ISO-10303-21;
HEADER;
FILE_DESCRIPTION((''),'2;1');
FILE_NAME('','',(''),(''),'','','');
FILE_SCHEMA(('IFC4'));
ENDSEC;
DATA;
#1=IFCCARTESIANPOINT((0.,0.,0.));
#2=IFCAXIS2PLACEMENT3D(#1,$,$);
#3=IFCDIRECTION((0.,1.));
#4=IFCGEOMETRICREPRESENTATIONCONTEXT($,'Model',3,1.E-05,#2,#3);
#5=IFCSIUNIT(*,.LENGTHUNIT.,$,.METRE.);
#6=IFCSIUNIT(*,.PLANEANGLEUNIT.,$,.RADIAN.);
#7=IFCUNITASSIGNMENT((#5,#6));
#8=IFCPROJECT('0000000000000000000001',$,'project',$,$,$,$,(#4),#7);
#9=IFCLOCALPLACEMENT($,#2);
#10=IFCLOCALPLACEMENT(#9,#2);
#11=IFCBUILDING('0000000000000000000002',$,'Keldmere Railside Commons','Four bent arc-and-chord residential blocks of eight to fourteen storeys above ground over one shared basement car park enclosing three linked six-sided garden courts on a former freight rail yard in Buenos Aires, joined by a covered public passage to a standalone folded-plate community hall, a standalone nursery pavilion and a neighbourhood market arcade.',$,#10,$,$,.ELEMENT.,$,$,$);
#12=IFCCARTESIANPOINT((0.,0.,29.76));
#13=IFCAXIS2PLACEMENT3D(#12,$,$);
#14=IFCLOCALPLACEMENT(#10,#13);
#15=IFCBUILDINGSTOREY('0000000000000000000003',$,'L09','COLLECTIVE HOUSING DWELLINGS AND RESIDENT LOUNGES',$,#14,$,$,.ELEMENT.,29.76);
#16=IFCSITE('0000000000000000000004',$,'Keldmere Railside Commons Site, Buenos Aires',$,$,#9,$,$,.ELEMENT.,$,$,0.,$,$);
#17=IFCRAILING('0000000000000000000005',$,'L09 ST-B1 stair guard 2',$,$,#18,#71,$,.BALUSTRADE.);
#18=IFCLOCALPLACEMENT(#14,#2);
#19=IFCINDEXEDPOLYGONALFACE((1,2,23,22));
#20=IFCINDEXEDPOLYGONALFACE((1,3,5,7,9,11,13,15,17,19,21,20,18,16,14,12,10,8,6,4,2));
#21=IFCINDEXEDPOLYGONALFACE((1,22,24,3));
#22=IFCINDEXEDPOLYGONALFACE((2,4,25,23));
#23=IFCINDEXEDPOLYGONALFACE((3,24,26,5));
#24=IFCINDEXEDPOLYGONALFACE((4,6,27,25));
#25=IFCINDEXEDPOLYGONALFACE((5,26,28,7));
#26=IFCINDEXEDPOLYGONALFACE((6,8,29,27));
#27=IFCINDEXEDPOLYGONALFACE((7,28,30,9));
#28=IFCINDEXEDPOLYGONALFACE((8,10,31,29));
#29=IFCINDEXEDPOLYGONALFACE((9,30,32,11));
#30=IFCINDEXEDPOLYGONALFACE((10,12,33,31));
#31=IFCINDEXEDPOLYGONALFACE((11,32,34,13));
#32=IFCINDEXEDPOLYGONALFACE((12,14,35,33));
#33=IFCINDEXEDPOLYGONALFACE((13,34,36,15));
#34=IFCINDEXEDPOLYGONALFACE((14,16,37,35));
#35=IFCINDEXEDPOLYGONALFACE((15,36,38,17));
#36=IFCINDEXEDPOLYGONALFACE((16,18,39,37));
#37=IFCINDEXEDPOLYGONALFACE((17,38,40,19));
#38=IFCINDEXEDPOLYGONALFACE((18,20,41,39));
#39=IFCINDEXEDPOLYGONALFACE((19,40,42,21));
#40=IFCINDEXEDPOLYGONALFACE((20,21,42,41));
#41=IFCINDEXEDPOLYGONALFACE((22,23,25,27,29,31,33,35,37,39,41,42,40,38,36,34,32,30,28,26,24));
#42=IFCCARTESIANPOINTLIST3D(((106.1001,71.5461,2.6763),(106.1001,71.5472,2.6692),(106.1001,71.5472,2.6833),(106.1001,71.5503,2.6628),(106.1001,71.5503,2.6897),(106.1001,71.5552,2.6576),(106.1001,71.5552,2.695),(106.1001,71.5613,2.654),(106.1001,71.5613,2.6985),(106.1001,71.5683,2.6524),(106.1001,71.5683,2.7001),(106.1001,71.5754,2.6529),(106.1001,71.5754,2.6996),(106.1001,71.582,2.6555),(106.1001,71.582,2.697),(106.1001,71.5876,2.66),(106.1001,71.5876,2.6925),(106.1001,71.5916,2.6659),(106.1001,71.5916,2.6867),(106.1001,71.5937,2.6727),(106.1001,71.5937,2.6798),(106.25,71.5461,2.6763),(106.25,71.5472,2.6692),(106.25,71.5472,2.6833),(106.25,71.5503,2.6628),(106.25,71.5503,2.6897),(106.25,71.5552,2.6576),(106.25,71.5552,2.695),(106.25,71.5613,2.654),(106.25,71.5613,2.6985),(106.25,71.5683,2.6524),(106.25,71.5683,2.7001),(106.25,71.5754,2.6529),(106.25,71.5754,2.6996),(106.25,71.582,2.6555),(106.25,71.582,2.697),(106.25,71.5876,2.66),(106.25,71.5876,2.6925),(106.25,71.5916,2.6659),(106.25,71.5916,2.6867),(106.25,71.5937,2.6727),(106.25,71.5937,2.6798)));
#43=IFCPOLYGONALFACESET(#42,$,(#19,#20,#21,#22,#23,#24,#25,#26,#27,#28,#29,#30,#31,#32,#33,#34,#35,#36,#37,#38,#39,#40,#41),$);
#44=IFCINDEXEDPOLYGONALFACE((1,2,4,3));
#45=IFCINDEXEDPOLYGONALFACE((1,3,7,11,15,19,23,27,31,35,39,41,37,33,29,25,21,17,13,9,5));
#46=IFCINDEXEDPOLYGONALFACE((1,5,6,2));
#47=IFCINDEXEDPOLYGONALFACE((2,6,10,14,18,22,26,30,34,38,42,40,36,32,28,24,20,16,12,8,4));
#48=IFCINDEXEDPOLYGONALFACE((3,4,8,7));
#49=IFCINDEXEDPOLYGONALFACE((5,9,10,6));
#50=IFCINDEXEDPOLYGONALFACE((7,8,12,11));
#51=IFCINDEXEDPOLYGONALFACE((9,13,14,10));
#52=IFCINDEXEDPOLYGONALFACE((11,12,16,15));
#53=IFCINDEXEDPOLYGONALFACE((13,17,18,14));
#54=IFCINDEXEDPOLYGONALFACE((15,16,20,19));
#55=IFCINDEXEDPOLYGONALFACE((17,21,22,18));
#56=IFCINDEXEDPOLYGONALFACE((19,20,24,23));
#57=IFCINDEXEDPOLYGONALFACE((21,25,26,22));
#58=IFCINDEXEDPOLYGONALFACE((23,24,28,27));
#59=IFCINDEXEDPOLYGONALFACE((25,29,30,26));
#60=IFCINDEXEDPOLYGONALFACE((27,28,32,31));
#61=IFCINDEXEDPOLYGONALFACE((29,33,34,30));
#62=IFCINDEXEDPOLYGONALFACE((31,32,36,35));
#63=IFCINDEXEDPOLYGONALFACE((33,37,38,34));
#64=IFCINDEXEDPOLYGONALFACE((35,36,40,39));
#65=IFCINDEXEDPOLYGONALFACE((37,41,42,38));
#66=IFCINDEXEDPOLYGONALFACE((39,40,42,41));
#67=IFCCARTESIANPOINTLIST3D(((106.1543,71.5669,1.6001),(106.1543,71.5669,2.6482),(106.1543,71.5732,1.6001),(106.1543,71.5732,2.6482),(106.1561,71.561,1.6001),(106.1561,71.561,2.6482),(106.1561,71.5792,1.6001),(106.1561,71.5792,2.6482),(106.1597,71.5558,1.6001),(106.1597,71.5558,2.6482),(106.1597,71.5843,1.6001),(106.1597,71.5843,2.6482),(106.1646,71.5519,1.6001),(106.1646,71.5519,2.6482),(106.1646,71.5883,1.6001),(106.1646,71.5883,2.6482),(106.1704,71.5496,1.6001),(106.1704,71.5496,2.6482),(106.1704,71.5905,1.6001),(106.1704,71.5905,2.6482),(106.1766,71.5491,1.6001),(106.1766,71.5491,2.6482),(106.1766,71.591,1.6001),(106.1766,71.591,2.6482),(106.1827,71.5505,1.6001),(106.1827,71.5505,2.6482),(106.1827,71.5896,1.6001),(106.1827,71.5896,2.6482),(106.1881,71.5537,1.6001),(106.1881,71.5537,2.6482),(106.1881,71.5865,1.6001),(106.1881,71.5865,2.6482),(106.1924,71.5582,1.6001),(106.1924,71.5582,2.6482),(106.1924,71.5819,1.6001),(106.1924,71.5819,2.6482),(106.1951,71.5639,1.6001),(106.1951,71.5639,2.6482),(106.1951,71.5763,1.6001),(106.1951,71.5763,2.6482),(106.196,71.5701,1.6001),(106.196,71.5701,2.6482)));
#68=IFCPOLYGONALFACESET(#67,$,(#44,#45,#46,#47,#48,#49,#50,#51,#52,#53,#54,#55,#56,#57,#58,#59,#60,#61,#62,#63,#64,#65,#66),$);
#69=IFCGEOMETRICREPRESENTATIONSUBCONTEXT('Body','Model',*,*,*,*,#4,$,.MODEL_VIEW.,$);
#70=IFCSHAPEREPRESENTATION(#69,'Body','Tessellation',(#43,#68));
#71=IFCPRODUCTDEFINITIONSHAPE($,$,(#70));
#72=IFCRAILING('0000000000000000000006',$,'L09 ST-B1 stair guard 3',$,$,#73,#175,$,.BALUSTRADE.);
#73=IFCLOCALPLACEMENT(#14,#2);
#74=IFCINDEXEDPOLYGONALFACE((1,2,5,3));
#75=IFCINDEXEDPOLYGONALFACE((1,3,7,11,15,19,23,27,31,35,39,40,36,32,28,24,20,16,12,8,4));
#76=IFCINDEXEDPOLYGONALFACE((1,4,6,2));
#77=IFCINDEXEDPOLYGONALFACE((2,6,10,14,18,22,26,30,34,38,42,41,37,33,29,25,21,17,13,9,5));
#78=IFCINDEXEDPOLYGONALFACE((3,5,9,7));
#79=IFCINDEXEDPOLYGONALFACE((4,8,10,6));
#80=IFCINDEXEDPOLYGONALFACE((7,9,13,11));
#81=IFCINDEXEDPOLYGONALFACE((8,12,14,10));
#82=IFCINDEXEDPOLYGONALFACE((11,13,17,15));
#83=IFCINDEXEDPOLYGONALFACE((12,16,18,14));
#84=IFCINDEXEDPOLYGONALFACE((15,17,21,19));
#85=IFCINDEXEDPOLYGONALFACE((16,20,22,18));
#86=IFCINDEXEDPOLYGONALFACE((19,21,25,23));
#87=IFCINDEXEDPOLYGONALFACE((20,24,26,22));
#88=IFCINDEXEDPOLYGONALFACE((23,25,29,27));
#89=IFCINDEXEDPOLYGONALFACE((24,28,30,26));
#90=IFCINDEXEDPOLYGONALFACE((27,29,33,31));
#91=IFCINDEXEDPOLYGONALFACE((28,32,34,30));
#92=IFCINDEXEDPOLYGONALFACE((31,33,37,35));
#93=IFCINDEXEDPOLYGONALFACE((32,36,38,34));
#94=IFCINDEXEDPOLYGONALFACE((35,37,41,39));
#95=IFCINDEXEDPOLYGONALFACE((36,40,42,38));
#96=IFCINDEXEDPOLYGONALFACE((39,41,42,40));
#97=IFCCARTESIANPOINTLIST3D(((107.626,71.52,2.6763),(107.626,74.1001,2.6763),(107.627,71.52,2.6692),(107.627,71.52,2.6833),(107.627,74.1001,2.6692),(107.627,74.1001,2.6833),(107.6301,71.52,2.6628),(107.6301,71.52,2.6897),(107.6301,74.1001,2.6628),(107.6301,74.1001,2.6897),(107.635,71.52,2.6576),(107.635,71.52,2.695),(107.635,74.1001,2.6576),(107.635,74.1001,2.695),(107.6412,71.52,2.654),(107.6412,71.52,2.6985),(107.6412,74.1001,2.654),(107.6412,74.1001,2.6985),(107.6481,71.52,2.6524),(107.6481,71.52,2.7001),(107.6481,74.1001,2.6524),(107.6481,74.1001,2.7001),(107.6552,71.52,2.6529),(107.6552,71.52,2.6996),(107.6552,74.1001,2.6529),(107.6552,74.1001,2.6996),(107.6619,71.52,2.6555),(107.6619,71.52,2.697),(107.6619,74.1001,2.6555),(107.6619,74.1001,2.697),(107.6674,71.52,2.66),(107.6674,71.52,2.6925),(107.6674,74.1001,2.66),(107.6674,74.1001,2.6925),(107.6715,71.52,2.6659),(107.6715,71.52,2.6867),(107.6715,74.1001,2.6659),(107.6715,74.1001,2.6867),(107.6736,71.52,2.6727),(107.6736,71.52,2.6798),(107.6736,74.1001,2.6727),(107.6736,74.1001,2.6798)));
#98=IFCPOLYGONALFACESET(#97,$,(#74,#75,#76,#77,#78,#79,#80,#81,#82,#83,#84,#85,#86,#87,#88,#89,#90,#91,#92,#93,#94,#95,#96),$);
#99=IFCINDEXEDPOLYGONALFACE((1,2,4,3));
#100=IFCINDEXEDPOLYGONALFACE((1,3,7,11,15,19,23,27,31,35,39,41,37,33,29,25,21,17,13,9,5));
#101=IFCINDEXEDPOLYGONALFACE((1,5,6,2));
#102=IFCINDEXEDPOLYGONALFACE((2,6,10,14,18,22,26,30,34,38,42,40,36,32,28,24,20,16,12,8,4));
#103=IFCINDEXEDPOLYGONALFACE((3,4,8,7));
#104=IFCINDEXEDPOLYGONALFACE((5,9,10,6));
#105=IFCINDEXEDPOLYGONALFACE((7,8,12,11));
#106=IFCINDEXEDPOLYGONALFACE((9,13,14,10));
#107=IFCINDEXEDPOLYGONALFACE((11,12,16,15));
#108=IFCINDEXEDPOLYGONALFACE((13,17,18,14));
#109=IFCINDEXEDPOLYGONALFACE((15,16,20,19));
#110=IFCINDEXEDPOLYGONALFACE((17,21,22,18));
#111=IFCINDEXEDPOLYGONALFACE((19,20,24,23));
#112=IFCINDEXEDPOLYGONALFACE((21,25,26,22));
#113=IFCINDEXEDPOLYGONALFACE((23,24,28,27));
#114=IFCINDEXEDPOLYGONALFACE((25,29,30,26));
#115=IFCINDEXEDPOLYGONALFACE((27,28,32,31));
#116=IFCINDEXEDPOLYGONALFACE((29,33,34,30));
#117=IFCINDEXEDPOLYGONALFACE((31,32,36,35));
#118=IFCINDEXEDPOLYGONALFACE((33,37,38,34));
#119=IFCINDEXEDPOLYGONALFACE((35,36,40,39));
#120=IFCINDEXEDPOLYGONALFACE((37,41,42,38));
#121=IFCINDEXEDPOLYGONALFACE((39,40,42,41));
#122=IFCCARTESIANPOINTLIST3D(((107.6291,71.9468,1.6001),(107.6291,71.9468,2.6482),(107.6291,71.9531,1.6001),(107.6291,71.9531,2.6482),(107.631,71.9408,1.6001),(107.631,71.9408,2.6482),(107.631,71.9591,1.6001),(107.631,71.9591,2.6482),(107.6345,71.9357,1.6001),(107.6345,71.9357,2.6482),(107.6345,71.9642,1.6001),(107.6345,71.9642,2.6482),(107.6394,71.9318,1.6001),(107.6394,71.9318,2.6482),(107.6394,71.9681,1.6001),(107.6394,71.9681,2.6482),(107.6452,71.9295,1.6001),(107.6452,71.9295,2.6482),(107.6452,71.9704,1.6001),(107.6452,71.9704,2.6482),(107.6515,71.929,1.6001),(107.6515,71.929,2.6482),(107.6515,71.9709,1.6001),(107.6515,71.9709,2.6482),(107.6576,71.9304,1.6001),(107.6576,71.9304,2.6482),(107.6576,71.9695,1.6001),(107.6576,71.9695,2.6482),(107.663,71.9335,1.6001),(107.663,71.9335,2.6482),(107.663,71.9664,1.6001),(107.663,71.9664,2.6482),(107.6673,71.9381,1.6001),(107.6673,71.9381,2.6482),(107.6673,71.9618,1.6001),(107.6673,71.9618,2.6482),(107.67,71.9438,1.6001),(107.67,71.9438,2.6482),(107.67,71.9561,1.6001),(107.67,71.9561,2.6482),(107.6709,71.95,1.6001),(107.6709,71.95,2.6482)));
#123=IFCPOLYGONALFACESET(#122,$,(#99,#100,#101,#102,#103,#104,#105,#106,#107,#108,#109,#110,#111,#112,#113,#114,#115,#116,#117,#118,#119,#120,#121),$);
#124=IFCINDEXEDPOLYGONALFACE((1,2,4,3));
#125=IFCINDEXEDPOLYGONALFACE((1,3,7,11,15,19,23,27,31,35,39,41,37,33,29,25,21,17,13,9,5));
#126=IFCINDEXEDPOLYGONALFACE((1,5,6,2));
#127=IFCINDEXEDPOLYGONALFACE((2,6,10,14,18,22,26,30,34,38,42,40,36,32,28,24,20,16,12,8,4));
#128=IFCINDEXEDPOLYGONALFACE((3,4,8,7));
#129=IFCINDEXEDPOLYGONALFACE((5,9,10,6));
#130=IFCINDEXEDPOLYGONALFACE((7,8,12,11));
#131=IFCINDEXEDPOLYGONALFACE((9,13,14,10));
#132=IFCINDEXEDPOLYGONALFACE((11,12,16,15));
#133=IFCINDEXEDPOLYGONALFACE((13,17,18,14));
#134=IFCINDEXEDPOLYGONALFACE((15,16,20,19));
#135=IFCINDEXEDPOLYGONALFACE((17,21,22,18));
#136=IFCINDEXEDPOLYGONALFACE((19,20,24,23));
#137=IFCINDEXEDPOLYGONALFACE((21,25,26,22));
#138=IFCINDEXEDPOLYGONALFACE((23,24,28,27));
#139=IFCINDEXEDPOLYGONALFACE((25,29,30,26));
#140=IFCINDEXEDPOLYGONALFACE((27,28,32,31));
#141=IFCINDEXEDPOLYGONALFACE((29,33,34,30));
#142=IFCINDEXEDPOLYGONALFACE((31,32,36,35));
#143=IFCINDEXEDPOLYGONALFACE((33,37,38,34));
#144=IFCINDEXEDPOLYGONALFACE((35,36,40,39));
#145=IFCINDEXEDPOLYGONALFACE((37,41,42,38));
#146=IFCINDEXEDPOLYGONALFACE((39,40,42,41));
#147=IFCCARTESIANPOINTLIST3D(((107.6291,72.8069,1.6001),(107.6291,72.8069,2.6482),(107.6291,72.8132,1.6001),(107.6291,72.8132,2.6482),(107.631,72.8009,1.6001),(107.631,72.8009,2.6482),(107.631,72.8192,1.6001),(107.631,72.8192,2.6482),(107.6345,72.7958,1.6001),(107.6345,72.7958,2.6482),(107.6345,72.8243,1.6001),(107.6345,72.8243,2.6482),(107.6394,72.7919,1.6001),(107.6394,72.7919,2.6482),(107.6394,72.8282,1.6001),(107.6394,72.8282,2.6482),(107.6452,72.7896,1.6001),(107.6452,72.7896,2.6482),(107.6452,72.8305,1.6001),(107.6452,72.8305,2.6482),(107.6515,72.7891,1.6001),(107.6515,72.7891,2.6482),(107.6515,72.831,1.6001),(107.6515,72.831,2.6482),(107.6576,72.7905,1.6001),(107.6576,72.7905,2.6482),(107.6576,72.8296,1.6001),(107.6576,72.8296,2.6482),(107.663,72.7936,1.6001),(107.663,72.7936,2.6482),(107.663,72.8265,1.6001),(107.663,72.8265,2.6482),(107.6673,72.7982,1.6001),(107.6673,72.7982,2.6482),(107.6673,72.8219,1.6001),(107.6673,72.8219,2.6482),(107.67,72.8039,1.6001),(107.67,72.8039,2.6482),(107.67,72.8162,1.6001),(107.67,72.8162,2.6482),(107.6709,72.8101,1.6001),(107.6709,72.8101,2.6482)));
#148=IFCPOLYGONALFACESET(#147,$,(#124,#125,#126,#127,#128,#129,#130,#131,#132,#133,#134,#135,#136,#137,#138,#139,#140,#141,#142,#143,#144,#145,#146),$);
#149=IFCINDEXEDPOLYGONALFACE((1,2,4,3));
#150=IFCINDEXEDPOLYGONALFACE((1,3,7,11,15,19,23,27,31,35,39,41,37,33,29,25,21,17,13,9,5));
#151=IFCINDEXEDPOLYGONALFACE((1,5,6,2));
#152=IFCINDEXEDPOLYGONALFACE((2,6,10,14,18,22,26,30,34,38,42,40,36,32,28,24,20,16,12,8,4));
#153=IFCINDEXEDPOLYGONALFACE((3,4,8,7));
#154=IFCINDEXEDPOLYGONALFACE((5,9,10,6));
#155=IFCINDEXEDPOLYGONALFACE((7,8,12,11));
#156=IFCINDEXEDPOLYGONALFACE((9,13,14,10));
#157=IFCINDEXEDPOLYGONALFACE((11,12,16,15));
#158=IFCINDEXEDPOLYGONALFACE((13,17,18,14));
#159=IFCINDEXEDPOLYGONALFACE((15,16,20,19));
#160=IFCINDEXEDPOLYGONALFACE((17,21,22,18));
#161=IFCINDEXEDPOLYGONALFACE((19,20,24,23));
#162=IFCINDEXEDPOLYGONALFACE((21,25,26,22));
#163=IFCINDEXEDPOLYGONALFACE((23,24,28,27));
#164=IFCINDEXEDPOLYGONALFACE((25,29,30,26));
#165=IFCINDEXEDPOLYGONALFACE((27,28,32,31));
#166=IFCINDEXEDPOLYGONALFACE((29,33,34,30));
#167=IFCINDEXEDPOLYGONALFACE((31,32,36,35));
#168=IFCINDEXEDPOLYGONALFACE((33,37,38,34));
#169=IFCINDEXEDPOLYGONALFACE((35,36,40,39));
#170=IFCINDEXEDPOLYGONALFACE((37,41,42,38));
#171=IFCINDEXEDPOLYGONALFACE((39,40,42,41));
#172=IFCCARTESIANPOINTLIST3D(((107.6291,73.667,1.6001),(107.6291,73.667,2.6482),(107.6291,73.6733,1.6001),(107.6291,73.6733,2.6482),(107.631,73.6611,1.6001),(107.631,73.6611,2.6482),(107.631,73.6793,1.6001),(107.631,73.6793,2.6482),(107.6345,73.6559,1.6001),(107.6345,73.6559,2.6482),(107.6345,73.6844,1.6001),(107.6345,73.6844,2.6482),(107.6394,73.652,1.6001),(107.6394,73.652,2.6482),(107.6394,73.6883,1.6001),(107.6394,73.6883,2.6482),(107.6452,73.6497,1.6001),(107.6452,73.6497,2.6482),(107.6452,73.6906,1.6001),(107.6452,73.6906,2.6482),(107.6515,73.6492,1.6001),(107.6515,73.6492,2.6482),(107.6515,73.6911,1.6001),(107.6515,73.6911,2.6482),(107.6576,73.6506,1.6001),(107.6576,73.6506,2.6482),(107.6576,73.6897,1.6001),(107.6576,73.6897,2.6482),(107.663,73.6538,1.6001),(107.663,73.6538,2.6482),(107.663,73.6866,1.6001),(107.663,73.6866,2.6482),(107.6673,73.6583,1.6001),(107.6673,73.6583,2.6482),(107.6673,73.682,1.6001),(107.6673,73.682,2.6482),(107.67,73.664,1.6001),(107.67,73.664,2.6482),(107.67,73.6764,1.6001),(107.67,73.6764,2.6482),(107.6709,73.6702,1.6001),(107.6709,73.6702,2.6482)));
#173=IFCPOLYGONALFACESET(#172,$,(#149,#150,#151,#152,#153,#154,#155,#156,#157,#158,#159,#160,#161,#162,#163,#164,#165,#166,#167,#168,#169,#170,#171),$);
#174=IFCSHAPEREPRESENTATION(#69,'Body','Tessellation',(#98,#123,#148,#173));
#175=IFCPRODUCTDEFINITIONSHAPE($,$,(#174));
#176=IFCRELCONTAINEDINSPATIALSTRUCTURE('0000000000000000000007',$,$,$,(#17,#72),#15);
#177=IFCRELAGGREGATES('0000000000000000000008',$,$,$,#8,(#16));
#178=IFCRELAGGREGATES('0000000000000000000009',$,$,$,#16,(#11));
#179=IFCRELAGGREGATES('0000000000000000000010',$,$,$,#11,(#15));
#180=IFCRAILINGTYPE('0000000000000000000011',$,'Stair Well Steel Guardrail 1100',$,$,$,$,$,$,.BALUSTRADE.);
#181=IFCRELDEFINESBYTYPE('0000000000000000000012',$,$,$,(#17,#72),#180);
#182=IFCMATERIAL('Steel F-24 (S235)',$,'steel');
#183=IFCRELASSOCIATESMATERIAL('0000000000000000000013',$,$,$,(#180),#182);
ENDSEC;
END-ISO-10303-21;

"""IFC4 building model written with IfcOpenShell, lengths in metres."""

from ifc_helpers import new_model, si_unit, direction, frame, origin, origin_2d, place, context, subcontext, project, spatial, circle, extrude, material, type_object, element, save


model = new_model("IFC4")

# Units and contexts
model_context = context("Model", 3, precision=1e-05, world=origin(), true_north=direction((0.0, 1.0)))
body_context = subcontext(model_context, "Body", "Model", "MODEL_VIEW")
ifc_project = project(units=[si_unit("LENGTHUNIT", "METRE"), si_unit("PLANEANGLEUNIT", "RADIAN")], contexts=[model_context])

# Site, building, storey
site_placement = place(None, origin())
site = spatial("IfcSite", under=ifc_project, at=site_placement, Name="Keldmere Railside Commons Site, Buenos Aires", CompositionType="ELEMENT", RefElevation=0.0)
building_placement = place(site_placement, origin())
building = spatial("IfcBuilding", under=site, at=building_placement, Name="Keldmere Railside Commons", Description="Four bent arc-and-chord residential blocks of eight to fourteen storeys above ground over one shared basement car park enclosing three linked six-sided garden courts on a former freight rail yard in Buenos Aires, joined by a covered public passage to a standalone folded-plate community hall, a standalone nursery pavilion and a neighbourhood market arcade.", CompositionType="ELEMENT")
storey_placement = place(building_placement, frame((0.0, 0.0, 29.76)))
storey = spatial("IfcBuildingStorey", under=building, at=storey_placement, Name="L09", Description="COLLECTIVE HOUSING DWELLINGS AND RESIDENT LOUNGES", CompositionType="ELEMENT", Elevation=29.76)

# Shared definitions
ifc_material_1 = material(Name="Steel F-24 (S235)", Category="steel")

# Railings
railing_type_1 = type_object("IfcRailingType", Name="Stair Well Steel Guardrail 1100", PredefinedType="BALUSTRADE", material=ifc_material_1)
railing_1_placement = place(storey_placement, frame((106.25, 71.5701, 1.6001)))
element("IfcRailing", 1, at=railing_1_placement, inside=storey, type_object=railing_type_1, Name="L09 ST-B1 stair guard 2", PredefinedType="BALUSTRADE", context=body_context, shape_type="SweptSolid", body=[
    extrude(circle(Radius=0.0239, at=origin_2d()), frame((0.0, 0.0, 1.0762), z_axis=(-1.0, 0.0, 0.0), x_axis=(0.0, -1.0, 0.0)), (0.0, 0.0, 1.0), 0.1499),
    extrude(circle(Radius=0.021, at=origin_2d()), frame((-0.075, 0.0, 0.0)), (0.0, 0.0, 1.0), 1.0481),
])
for number, where, name in (
    (2, (107.6499, 71.52, 1.6001), "L09 ST-B1 stair guard 3"),
):
    element("IfcRailing", number, at=place(storey_placement, frame(where)), inside=storey, type_object=railing_type_1, Name=name, PredefinedType="BALUSTRADE", context=body_context, shape_type="SweptSolid", body=[
        extrude(circle(Radius=0.0239, at=origin_2d()), frame((0.0, 0.0, 1.0762), z_axis=(0.0, 1.0, 0.0), x_axis=(-1.0, 0.0, 0.0)), (0.0, 0.0, 1.0), 2.5801),
        extrude(circle(Radius=0.021, at=origin_2d()), frame((0.0, 0.4299, 0.0)), (0.0, 0.0, 1.0), 1.0481),
        extrude(circle(Radius=0.021, at=origin_2d()), frame((0.0, 1.29, 0.0)), (0.0, 0.0, 1.0), 1.0481),
        extrude(circle(Radius=0.021, at=origin_2d()), frame((0.0, 2.1501, 0.0)), (0.0, 0.0, 1.0), 1.0481),
    ])

save(model, "model.ifc")
